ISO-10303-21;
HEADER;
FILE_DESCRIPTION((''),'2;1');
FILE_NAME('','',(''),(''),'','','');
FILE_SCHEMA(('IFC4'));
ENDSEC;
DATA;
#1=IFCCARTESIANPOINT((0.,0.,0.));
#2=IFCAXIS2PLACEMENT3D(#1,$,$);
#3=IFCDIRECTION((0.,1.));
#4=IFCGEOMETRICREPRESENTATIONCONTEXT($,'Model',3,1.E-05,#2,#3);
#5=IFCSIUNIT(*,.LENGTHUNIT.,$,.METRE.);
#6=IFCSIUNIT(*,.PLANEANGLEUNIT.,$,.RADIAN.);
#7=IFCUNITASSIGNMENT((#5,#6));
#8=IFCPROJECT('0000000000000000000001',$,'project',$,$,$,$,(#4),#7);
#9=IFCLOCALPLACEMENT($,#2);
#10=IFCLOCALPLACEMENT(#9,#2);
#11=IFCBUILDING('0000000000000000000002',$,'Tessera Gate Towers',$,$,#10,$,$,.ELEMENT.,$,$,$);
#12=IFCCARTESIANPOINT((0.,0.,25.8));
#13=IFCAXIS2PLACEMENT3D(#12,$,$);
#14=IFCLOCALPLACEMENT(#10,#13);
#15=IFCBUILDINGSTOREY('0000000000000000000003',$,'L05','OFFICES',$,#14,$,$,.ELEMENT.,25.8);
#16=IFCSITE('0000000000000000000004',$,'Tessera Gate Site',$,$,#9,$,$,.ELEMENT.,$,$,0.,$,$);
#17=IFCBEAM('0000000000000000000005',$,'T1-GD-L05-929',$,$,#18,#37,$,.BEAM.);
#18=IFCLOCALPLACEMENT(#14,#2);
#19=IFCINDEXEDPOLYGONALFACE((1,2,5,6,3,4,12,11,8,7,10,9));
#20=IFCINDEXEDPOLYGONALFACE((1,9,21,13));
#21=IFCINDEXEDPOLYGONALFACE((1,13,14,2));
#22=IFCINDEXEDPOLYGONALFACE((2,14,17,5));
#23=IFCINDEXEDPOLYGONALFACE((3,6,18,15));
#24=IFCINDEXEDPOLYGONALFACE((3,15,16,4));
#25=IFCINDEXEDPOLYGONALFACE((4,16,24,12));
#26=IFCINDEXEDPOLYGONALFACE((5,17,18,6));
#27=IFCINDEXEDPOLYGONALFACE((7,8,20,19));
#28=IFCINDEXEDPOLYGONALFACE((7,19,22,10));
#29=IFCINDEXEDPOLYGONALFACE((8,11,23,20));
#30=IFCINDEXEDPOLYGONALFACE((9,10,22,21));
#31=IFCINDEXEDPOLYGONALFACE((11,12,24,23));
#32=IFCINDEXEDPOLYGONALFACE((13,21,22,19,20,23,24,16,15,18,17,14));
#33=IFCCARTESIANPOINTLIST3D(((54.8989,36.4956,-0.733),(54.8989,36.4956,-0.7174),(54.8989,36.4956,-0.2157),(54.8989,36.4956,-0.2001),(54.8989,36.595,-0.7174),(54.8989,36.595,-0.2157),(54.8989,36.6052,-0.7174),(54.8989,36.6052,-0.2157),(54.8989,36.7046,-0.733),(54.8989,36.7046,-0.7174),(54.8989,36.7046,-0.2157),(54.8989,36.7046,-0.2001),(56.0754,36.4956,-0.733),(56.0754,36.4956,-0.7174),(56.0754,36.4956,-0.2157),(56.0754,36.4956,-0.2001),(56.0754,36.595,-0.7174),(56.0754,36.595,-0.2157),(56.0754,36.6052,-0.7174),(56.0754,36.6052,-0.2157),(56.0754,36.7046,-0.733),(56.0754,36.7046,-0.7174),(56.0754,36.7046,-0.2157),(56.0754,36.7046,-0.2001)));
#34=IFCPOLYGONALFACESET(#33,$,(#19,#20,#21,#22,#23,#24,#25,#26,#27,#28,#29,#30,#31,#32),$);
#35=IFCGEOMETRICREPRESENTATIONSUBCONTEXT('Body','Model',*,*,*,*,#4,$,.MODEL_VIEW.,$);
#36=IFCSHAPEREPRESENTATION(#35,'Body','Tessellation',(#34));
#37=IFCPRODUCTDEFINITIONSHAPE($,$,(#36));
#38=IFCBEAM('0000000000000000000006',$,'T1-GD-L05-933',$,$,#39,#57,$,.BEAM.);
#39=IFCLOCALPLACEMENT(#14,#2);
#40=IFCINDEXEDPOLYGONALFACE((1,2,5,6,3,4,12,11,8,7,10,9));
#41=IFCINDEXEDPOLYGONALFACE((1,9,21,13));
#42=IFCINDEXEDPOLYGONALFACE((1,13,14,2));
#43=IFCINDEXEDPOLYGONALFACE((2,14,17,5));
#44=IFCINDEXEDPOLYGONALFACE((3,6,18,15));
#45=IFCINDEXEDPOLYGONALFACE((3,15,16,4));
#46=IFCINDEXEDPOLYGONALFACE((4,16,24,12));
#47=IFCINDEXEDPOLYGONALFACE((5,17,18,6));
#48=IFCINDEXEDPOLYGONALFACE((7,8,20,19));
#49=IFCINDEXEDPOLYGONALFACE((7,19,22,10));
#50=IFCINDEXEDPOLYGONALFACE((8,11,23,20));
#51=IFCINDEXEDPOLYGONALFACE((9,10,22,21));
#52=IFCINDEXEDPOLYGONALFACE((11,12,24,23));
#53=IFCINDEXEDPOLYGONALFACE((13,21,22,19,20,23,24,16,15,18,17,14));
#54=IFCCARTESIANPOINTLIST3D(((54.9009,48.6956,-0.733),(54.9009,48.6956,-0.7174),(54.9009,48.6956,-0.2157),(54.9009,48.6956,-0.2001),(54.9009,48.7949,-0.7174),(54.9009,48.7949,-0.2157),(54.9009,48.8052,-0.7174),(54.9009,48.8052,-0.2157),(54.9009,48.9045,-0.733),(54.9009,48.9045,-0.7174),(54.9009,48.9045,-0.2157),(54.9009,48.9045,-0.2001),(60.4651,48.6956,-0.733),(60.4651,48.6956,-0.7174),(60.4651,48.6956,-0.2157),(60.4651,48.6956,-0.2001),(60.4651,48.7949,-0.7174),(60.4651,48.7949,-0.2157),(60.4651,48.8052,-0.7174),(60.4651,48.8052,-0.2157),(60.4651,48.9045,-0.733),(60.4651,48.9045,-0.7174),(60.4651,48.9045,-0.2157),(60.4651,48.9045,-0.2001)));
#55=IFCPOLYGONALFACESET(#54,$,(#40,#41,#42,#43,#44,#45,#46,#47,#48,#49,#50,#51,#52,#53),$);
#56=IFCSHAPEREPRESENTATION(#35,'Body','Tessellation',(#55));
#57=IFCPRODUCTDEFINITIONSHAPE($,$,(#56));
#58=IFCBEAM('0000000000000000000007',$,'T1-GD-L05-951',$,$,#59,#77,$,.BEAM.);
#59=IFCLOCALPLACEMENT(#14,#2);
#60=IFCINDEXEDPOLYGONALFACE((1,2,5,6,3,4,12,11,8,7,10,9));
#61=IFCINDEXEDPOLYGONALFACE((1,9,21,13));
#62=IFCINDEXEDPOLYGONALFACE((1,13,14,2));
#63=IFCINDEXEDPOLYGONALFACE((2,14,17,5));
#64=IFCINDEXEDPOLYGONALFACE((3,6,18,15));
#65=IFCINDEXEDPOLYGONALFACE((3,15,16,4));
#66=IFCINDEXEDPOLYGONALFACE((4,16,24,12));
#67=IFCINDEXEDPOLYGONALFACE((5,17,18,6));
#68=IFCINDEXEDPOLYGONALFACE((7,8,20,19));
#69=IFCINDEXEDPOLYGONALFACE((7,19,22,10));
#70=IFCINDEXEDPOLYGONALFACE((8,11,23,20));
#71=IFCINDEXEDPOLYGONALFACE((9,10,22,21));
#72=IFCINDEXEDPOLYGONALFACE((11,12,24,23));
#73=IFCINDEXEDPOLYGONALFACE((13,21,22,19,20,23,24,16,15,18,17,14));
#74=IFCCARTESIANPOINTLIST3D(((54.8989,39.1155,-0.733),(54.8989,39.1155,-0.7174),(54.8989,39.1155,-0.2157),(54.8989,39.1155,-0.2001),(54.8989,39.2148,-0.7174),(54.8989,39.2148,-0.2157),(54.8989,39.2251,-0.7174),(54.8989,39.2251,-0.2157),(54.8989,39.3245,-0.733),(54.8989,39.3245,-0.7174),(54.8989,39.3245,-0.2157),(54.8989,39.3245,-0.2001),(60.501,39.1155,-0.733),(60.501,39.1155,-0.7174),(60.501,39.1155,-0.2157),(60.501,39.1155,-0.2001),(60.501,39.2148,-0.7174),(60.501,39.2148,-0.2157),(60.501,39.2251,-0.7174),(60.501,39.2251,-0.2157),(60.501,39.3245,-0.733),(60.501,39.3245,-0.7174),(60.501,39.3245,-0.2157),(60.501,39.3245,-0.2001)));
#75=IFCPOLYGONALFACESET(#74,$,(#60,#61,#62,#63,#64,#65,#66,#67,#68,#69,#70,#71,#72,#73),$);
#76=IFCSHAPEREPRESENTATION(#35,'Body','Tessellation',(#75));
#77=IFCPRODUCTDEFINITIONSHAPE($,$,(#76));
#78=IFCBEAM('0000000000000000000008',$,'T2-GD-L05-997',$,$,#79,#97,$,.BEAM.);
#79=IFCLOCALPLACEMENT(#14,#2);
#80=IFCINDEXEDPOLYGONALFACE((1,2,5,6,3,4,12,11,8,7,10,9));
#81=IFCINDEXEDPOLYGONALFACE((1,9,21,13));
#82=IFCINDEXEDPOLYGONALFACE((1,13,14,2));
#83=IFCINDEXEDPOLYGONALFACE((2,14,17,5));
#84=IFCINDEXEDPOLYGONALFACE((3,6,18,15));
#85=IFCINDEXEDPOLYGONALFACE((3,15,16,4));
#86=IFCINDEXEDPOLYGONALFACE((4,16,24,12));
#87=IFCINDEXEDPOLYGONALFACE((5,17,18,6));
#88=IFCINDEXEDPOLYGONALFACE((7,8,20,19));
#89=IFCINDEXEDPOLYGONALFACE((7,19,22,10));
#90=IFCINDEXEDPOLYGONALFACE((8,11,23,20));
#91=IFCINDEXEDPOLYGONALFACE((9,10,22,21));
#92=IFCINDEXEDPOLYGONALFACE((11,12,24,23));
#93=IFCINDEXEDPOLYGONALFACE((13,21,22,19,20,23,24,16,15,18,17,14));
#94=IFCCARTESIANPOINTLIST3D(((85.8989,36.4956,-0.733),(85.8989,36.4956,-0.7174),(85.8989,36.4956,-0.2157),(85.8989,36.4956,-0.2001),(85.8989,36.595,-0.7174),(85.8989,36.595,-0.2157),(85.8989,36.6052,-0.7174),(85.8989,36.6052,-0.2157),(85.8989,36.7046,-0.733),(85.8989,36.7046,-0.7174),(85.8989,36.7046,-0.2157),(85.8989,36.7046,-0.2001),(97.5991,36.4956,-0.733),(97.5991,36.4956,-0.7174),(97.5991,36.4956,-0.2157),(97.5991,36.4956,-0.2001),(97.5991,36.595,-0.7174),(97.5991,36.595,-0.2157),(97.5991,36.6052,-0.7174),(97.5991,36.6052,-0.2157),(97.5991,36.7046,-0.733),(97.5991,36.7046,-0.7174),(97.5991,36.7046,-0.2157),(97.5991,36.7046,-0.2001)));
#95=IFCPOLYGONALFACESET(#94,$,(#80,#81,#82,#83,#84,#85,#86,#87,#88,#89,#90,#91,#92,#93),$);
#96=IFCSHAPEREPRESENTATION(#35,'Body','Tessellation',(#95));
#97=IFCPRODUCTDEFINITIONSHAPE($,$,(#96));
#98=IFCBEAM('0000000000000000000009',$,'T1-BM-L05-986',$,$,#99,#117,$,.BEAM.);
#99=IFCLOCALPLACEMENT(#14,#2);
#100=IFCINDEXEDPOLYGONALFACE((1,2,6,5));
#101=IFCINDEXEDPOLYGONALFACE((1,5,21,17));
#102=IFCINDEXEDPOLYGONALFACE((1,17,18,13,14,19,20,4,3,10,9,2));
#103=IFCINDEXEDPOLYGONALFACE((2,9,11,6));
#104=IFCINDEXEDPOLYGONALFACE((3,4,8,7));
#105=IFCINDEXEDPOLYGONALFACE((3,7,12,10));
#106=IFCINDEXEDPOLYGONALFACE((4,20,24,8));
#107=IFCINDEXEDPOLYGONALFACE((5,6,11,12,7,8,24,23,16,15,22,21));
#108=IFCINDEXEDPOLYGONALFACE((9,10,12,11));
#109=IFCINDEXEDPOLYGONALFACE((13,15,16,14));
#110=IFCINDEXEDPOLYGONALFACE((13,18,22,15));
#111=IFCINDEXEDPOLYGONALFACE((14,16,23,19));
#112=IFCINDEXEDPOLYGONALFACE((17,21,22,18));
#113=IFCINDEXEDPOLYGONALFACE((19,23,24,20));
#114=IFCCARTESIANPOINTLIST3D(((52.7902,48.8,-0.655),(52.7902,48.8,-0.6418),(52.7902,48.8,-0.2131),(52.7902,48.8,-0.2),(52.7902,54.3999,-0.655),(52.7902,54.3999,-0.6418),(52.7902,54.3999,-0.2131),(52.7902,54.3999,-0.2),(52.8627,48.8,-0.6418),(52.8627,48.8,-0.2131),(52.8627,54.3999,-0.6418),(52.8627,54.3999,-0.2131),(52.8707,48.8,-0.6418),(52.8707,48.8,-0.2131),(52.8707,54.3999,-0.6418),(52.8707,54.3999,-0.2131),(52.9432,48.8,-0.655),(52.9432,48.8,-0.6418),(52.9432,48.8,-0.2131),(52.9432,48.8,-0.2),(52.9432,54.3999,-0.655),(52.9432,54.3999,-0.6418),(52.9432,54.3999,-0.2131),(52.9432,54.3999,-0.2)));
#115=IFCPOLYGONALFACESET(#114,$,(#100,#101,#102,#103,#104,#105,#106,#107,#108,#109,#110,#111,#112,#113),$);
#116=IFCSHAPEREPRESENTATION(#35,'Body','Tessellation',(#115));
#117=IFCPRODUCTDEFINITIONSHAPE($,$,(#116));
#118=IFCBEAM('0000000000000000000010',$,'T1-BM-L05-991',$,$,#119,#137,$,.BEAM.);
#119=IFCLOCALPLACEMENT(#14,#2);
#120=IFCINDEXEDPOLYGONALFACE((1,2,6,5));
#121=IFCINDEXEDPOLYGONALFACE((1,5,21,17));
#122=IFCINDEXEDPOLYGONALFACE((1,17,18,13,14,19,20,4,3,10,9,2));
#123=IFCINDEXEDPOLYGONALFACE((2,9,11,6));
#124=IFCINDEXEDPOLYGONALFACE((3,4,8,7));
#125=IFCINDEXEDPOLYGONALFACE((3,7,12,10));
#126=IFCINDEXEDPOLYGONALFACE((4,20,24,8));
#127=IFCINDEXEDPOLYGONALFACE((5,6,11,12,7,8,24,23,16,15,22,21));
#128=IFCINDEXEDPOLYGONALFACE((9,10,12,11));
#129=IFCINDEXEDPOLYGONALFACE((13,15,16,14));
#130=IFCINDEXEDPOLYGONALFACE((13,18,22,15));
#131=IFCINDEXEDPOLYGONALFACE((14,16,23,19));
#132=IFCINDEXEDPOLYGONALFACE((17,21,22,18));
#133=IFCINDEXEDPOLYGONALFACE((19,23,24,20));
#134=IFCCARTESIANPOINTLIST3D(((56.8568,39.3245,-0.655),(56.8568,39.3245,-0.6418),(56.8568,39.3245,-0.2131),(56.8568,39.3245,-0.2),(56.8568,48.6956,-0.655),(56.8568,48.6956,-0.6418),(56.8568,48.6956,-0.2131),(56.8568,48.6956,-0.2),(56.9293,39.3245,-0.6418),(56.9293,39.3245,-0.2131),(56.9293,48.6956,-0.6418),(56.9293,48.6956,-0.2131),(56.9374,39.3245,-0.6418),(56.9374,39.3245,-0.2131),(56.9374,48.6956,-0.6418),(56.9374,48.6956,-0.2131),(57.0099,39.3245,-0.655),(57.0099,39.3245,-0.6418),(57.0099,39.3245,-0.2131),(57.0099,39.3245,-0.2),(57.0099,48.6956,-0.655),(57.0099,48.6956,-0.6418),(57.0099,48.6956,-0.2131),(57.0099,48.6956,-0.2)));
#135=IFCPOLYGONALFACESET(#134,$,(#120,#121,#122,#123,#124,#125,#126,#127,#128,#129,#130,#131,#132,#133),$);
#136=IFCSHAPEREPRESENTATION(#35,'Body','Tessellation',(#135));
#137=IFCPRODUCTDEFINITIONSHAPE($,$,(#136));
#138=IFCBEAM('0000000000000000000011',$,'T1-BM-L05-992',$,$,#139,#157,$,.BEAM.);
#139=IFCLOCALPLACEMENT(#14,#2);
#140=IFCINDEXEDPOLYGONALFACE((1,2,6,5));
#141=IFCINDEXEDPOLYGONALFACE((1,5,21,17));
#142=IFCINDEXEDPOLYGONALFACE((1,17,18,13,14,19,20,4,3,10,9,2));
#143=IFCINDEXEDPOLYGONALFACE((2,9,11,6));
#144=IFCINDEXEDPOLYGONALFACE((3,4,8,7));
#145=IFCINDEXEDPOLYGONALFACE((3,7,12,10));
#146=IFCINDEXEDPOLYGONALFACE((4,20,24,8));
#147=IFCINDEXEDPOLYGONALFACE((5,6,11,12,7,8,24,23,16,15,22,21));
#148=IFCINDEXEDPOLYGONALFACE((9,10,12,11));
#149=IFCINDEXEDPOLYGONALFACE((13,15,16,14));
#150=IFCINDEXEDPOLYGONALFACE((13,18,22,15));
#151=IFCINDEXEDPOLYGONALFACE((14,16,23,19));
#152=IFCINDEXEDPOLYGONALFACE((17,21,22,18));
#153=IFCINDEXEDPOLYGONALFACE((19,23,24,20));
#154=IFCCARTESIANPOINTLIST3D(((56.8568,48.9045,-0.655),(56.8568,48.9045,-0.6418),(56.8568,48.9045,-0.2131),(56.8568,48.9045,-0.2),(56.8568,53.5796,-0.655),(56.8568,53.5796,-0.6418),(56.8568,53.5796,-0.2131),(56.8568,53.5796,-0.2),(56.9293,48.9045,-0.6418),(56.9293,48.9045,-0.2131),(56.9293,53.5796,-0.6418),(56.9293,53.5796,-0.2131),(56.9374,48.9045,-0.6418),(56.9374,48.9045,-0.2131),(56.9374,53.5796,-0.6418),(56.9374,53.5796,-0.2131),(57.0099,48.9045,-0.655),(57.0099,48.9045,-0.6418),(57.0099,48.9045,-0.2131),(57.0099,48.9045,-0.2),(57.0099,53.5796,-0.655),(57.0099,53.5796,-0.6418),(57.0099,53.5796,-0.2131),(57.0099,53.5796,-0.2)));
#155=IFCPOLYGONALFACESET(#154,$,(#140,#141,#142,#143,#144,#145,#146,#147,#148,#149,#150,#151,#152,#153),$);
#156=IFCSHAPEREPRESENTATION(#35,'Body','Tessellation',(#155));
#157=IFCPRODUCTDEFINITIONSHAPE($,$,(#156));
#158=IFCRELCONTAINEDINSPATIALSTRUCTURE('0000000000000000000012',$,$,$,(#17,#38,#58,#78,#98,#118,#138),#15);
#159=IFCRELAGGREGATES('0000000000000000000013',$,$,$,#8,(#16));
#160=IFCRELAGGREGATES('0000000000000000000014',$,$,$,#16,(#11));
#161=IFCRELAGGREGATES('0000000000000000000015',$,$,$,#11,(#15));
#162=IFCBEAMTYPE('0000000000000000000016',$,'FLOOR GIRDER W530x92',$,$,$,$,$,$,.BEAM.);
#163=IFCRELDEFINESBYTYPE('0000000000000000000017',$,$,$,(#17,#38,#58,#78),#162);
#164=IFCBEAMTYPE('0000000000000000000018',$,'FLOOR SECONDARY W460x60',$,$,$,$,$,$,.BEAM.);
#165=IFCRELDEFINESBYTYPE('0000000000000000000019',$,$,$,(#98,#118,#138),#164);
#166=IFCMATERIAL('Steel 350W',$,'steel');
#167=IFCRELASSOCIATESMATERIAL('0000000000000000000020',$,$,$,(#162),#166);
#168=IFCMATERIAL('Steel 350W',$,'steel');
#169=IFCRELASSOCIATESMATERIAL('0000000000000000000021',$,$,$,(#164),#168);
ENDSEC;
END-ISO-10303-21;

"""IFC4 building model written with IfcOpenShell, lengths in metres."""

from ifc_helpers import new_model, si_unit, direction, frame, origin, origin_2d, place, context, subcontext, project, spatial, i_section, extrude, material, material_profile, profile_set, type_object, element, save


model = new_model("IFC4")

# Units and contexts
model_context = context("Model", 3, precision=1e-05, world=origin(), true_north=direction((0.0, 1.0)))
body_context = subcontext(model_context, "Body", "Model", "MODEL_VIEW")
ifc_project = project(units=[si_unit("LENGTHUNIT", "METRE"), si_unit("PLANEANGLEUNIT", "RADIAN")], contexts=[model_context])

# Site, building, storey
site_placement = place(None, origin())
site = spatial("IfcSite", under=ifc_project, at=site_placement, Name="Tessera Gate Site", CompositionType="ELEMENT", RefElevation=0.0)
building_placement = place(site_placement, origin())
building = spatial("IfcBuilding", under=site, at=building_placement, Name="Tessera Gate Towers", CompositionType="ELEMENT")
storey_placement = place(building_placement, frame((0.0, 0.0, 25.8)))
storey = spatial("IfcBuildingStorey", under=building, at=storey_placement, Name="L05", Description="OFFICES", CompositionType="ELEMENT", Elevation=25.8)

# Beams
ifc_material_1 = material(Name="Steel 350W", Category="steel")
ifc_material_profile_1 = material_profile(ifc_material_1, i_section(OverallWidth=0.209, OverallDepth=0.533, WebThickness=0.0103, FlangeThickness=0.0156, at=origin_2d()), Name="W530x92")
ifc_profile_set_1 = profile_set([ifc_material_profile_1], Name="Steel 350W")
beam_type_1 = type_object("IfcBeamType", Name="FLOOR GIRDER W530x92", PredefinedType="BEAM", material=ifc_profile_set_1)
beam_1_placement = place(storey_placement, frame((54.8989, 36.6001, -0.4666), z_axis=(1.0, 0.0, 0.0), x_axis=(0.0, 1.0, 0.0)))
element("IfcBeam", 1, at=beam_1_placement, inside=storey, type_object=beam_type_1, Name="T1-GD-L05-929", PredefinedType="BEAM", context=body_context, shape_type="SweptSolid", body=[
    extrude(i_section(OverallWidth=0.209, OverallDepth=0.533, WebThickness=0.0103, FlangeThickness=0.0156, at=origin_2d()), origin(), (0.0, 0.0, 1.0), 1.1765),
])
beam_2_placement = place(storey_placement, frame((54.9009, 48.8, -0.4666), z_axis=(1.0, 0.0, 0.0), x_axis=(0.0, 1.0, 0.0)))
element("IfcBeam", 2, at=beam_2_placement, inside=storey, type_object=beam_type_1, Name="T1-GD-L05-933", PredefinedType="BEAM", context=body_context, shape_type="SweptSolid", body=[
    extrude(i_section(OverallWidth=0.209, OverallDepth=0.533, WebThickness=0.0103, FlangeThickness=0.0156, at=origin_2d()), origin(), (0.0, 0.0, 1.0), 5.5642),
])
beam_3_placement = place(storey_placement, frame((54.8989, 39.22, -0.4666), z_axis=(1.0, 0.0, 0.0), x_axis=(0.0, 1.0, 0.0)))
element("IfcBeam", 3, at=beam_3_placement, inside=storey, type_object=beam_type_1, Name="T1-GD-L05-951", PredefinedType="BEAM", context=body_context, shape_type="SweptSolid", body=[
    extrude(i_section(OverallWidth=0.209, OverallDepth=0.533, WebThickness=0.0103, FlangeThickness=0.0156, at=origin_2d()), origin(), (0.0, 0.0, 1.0), 5.6021),
])
beam_4_placement = place(storey_placement, frame((85.8989, 36.6001, -0.4666), z_axis=(1.0, 0.0, 0.0), x_axis=(0.0, 1.0, 0.0)))
element("IfcBeam", 4, at=beam_4_placement, inside=storey, type_object=beam_type_1, Name="T2-GD-L05-997", PredefinedType="BEAM", context=body_context, shape_type="SweptSolid", body=[
    extrude(i_section(OverallWidth=0.209, OverallDepth=0.533, WebThickness=0.0103, FlangeThickness=0.0156, at=origin_2d()), origin(), (0.0, 0.0, 1.0), 11.7002),
])
ifc_material_2 = material(Name="Steel 350W", Category="steel")
ifc_material_profile_2 = material_profile(ifc_material_2, i_section(OverallWidth=0.1531, OverallDepth=0.4551, WebThickness=0.0081, FlangeThickness=0.0132, at=origin_2d()), Name="W460x60")
ifc_profile_set_2 = profile_set([ifc_material_profile_2], Name="Steel 350W")
beam_type_2 = type_object("IfcBeamType", Name="FLOOR SECONDARY W460x60", PredefinedType="BEAM", material=ifc_profile_set_2)
beam_5_placement = place(storey_placement, frame((52.8667, 48.8, -0.4275), z_axis=(0.0, 1.0, 0.0), x_axis=(-1.0, 0.0, 0.0)))
element("IfcBeam", 5, at=beam_5_placement, inside=storey, type_object=beam_type_2, Name="T1-BM-L05-986", PredefinedType="BEAM", context=body_context, shape_type="SweptSolid", body=[
    extrude(i_section(OverallWidth=0.1531, OverallDepth=0.4551, WebThickness=0.0081, FlangeThickness=0.0132, at=origin_2d()), origin(), (0.0, 0.0, 1.0), 5.5999),
])
beam_6_placement = place(storey_placement, frame((56.9333, 39.3245, -0.4275), z_axis=(0.0, 1.0, 0.0), x_axis=(-1.0, 0.0, 0.0)))
element("IfcBeam", 6, at=beam_6_placement, inside=storey, type_object=beam_type_2, Name="T1-BM-L05-991", PredefinedType="BEAM", context=body_context, shape_type="SweptSolid", body=[
    extrude(i_section(OverallWidth=0.1531, OverallDepth=0.4551, WebThickness=0.0081, FlangeThickness=0.0132, at=origin_2d()), origin(), (0.0, 0.0, 1.0), 9.3711),
])
beam_7_placement = place(storey_placement, frame((56.9333, 48.9045, -0.4275), z_axis=(0.0, 1.0, 0.0), x_axis=(-1.0, 0.0, 0.0)))
element("IfcBeam", 7, at=beam_7_placement, inside=storey, type_object=beam_type_2, Name="T1-BM-L05-992", PredefinedType="BEAM", context=body_context, shape_type="SweptSolid", body=[
    extrude(i_section(OverallWidth=0.1531, OverallDepth=0.4551, WebThickness=0.0081, FlangeThickness=0.0132, at=origin_2d()), origin(), (0.0, 0.0, 1.0), 4.675),
])

save(model, "model.ifc")
